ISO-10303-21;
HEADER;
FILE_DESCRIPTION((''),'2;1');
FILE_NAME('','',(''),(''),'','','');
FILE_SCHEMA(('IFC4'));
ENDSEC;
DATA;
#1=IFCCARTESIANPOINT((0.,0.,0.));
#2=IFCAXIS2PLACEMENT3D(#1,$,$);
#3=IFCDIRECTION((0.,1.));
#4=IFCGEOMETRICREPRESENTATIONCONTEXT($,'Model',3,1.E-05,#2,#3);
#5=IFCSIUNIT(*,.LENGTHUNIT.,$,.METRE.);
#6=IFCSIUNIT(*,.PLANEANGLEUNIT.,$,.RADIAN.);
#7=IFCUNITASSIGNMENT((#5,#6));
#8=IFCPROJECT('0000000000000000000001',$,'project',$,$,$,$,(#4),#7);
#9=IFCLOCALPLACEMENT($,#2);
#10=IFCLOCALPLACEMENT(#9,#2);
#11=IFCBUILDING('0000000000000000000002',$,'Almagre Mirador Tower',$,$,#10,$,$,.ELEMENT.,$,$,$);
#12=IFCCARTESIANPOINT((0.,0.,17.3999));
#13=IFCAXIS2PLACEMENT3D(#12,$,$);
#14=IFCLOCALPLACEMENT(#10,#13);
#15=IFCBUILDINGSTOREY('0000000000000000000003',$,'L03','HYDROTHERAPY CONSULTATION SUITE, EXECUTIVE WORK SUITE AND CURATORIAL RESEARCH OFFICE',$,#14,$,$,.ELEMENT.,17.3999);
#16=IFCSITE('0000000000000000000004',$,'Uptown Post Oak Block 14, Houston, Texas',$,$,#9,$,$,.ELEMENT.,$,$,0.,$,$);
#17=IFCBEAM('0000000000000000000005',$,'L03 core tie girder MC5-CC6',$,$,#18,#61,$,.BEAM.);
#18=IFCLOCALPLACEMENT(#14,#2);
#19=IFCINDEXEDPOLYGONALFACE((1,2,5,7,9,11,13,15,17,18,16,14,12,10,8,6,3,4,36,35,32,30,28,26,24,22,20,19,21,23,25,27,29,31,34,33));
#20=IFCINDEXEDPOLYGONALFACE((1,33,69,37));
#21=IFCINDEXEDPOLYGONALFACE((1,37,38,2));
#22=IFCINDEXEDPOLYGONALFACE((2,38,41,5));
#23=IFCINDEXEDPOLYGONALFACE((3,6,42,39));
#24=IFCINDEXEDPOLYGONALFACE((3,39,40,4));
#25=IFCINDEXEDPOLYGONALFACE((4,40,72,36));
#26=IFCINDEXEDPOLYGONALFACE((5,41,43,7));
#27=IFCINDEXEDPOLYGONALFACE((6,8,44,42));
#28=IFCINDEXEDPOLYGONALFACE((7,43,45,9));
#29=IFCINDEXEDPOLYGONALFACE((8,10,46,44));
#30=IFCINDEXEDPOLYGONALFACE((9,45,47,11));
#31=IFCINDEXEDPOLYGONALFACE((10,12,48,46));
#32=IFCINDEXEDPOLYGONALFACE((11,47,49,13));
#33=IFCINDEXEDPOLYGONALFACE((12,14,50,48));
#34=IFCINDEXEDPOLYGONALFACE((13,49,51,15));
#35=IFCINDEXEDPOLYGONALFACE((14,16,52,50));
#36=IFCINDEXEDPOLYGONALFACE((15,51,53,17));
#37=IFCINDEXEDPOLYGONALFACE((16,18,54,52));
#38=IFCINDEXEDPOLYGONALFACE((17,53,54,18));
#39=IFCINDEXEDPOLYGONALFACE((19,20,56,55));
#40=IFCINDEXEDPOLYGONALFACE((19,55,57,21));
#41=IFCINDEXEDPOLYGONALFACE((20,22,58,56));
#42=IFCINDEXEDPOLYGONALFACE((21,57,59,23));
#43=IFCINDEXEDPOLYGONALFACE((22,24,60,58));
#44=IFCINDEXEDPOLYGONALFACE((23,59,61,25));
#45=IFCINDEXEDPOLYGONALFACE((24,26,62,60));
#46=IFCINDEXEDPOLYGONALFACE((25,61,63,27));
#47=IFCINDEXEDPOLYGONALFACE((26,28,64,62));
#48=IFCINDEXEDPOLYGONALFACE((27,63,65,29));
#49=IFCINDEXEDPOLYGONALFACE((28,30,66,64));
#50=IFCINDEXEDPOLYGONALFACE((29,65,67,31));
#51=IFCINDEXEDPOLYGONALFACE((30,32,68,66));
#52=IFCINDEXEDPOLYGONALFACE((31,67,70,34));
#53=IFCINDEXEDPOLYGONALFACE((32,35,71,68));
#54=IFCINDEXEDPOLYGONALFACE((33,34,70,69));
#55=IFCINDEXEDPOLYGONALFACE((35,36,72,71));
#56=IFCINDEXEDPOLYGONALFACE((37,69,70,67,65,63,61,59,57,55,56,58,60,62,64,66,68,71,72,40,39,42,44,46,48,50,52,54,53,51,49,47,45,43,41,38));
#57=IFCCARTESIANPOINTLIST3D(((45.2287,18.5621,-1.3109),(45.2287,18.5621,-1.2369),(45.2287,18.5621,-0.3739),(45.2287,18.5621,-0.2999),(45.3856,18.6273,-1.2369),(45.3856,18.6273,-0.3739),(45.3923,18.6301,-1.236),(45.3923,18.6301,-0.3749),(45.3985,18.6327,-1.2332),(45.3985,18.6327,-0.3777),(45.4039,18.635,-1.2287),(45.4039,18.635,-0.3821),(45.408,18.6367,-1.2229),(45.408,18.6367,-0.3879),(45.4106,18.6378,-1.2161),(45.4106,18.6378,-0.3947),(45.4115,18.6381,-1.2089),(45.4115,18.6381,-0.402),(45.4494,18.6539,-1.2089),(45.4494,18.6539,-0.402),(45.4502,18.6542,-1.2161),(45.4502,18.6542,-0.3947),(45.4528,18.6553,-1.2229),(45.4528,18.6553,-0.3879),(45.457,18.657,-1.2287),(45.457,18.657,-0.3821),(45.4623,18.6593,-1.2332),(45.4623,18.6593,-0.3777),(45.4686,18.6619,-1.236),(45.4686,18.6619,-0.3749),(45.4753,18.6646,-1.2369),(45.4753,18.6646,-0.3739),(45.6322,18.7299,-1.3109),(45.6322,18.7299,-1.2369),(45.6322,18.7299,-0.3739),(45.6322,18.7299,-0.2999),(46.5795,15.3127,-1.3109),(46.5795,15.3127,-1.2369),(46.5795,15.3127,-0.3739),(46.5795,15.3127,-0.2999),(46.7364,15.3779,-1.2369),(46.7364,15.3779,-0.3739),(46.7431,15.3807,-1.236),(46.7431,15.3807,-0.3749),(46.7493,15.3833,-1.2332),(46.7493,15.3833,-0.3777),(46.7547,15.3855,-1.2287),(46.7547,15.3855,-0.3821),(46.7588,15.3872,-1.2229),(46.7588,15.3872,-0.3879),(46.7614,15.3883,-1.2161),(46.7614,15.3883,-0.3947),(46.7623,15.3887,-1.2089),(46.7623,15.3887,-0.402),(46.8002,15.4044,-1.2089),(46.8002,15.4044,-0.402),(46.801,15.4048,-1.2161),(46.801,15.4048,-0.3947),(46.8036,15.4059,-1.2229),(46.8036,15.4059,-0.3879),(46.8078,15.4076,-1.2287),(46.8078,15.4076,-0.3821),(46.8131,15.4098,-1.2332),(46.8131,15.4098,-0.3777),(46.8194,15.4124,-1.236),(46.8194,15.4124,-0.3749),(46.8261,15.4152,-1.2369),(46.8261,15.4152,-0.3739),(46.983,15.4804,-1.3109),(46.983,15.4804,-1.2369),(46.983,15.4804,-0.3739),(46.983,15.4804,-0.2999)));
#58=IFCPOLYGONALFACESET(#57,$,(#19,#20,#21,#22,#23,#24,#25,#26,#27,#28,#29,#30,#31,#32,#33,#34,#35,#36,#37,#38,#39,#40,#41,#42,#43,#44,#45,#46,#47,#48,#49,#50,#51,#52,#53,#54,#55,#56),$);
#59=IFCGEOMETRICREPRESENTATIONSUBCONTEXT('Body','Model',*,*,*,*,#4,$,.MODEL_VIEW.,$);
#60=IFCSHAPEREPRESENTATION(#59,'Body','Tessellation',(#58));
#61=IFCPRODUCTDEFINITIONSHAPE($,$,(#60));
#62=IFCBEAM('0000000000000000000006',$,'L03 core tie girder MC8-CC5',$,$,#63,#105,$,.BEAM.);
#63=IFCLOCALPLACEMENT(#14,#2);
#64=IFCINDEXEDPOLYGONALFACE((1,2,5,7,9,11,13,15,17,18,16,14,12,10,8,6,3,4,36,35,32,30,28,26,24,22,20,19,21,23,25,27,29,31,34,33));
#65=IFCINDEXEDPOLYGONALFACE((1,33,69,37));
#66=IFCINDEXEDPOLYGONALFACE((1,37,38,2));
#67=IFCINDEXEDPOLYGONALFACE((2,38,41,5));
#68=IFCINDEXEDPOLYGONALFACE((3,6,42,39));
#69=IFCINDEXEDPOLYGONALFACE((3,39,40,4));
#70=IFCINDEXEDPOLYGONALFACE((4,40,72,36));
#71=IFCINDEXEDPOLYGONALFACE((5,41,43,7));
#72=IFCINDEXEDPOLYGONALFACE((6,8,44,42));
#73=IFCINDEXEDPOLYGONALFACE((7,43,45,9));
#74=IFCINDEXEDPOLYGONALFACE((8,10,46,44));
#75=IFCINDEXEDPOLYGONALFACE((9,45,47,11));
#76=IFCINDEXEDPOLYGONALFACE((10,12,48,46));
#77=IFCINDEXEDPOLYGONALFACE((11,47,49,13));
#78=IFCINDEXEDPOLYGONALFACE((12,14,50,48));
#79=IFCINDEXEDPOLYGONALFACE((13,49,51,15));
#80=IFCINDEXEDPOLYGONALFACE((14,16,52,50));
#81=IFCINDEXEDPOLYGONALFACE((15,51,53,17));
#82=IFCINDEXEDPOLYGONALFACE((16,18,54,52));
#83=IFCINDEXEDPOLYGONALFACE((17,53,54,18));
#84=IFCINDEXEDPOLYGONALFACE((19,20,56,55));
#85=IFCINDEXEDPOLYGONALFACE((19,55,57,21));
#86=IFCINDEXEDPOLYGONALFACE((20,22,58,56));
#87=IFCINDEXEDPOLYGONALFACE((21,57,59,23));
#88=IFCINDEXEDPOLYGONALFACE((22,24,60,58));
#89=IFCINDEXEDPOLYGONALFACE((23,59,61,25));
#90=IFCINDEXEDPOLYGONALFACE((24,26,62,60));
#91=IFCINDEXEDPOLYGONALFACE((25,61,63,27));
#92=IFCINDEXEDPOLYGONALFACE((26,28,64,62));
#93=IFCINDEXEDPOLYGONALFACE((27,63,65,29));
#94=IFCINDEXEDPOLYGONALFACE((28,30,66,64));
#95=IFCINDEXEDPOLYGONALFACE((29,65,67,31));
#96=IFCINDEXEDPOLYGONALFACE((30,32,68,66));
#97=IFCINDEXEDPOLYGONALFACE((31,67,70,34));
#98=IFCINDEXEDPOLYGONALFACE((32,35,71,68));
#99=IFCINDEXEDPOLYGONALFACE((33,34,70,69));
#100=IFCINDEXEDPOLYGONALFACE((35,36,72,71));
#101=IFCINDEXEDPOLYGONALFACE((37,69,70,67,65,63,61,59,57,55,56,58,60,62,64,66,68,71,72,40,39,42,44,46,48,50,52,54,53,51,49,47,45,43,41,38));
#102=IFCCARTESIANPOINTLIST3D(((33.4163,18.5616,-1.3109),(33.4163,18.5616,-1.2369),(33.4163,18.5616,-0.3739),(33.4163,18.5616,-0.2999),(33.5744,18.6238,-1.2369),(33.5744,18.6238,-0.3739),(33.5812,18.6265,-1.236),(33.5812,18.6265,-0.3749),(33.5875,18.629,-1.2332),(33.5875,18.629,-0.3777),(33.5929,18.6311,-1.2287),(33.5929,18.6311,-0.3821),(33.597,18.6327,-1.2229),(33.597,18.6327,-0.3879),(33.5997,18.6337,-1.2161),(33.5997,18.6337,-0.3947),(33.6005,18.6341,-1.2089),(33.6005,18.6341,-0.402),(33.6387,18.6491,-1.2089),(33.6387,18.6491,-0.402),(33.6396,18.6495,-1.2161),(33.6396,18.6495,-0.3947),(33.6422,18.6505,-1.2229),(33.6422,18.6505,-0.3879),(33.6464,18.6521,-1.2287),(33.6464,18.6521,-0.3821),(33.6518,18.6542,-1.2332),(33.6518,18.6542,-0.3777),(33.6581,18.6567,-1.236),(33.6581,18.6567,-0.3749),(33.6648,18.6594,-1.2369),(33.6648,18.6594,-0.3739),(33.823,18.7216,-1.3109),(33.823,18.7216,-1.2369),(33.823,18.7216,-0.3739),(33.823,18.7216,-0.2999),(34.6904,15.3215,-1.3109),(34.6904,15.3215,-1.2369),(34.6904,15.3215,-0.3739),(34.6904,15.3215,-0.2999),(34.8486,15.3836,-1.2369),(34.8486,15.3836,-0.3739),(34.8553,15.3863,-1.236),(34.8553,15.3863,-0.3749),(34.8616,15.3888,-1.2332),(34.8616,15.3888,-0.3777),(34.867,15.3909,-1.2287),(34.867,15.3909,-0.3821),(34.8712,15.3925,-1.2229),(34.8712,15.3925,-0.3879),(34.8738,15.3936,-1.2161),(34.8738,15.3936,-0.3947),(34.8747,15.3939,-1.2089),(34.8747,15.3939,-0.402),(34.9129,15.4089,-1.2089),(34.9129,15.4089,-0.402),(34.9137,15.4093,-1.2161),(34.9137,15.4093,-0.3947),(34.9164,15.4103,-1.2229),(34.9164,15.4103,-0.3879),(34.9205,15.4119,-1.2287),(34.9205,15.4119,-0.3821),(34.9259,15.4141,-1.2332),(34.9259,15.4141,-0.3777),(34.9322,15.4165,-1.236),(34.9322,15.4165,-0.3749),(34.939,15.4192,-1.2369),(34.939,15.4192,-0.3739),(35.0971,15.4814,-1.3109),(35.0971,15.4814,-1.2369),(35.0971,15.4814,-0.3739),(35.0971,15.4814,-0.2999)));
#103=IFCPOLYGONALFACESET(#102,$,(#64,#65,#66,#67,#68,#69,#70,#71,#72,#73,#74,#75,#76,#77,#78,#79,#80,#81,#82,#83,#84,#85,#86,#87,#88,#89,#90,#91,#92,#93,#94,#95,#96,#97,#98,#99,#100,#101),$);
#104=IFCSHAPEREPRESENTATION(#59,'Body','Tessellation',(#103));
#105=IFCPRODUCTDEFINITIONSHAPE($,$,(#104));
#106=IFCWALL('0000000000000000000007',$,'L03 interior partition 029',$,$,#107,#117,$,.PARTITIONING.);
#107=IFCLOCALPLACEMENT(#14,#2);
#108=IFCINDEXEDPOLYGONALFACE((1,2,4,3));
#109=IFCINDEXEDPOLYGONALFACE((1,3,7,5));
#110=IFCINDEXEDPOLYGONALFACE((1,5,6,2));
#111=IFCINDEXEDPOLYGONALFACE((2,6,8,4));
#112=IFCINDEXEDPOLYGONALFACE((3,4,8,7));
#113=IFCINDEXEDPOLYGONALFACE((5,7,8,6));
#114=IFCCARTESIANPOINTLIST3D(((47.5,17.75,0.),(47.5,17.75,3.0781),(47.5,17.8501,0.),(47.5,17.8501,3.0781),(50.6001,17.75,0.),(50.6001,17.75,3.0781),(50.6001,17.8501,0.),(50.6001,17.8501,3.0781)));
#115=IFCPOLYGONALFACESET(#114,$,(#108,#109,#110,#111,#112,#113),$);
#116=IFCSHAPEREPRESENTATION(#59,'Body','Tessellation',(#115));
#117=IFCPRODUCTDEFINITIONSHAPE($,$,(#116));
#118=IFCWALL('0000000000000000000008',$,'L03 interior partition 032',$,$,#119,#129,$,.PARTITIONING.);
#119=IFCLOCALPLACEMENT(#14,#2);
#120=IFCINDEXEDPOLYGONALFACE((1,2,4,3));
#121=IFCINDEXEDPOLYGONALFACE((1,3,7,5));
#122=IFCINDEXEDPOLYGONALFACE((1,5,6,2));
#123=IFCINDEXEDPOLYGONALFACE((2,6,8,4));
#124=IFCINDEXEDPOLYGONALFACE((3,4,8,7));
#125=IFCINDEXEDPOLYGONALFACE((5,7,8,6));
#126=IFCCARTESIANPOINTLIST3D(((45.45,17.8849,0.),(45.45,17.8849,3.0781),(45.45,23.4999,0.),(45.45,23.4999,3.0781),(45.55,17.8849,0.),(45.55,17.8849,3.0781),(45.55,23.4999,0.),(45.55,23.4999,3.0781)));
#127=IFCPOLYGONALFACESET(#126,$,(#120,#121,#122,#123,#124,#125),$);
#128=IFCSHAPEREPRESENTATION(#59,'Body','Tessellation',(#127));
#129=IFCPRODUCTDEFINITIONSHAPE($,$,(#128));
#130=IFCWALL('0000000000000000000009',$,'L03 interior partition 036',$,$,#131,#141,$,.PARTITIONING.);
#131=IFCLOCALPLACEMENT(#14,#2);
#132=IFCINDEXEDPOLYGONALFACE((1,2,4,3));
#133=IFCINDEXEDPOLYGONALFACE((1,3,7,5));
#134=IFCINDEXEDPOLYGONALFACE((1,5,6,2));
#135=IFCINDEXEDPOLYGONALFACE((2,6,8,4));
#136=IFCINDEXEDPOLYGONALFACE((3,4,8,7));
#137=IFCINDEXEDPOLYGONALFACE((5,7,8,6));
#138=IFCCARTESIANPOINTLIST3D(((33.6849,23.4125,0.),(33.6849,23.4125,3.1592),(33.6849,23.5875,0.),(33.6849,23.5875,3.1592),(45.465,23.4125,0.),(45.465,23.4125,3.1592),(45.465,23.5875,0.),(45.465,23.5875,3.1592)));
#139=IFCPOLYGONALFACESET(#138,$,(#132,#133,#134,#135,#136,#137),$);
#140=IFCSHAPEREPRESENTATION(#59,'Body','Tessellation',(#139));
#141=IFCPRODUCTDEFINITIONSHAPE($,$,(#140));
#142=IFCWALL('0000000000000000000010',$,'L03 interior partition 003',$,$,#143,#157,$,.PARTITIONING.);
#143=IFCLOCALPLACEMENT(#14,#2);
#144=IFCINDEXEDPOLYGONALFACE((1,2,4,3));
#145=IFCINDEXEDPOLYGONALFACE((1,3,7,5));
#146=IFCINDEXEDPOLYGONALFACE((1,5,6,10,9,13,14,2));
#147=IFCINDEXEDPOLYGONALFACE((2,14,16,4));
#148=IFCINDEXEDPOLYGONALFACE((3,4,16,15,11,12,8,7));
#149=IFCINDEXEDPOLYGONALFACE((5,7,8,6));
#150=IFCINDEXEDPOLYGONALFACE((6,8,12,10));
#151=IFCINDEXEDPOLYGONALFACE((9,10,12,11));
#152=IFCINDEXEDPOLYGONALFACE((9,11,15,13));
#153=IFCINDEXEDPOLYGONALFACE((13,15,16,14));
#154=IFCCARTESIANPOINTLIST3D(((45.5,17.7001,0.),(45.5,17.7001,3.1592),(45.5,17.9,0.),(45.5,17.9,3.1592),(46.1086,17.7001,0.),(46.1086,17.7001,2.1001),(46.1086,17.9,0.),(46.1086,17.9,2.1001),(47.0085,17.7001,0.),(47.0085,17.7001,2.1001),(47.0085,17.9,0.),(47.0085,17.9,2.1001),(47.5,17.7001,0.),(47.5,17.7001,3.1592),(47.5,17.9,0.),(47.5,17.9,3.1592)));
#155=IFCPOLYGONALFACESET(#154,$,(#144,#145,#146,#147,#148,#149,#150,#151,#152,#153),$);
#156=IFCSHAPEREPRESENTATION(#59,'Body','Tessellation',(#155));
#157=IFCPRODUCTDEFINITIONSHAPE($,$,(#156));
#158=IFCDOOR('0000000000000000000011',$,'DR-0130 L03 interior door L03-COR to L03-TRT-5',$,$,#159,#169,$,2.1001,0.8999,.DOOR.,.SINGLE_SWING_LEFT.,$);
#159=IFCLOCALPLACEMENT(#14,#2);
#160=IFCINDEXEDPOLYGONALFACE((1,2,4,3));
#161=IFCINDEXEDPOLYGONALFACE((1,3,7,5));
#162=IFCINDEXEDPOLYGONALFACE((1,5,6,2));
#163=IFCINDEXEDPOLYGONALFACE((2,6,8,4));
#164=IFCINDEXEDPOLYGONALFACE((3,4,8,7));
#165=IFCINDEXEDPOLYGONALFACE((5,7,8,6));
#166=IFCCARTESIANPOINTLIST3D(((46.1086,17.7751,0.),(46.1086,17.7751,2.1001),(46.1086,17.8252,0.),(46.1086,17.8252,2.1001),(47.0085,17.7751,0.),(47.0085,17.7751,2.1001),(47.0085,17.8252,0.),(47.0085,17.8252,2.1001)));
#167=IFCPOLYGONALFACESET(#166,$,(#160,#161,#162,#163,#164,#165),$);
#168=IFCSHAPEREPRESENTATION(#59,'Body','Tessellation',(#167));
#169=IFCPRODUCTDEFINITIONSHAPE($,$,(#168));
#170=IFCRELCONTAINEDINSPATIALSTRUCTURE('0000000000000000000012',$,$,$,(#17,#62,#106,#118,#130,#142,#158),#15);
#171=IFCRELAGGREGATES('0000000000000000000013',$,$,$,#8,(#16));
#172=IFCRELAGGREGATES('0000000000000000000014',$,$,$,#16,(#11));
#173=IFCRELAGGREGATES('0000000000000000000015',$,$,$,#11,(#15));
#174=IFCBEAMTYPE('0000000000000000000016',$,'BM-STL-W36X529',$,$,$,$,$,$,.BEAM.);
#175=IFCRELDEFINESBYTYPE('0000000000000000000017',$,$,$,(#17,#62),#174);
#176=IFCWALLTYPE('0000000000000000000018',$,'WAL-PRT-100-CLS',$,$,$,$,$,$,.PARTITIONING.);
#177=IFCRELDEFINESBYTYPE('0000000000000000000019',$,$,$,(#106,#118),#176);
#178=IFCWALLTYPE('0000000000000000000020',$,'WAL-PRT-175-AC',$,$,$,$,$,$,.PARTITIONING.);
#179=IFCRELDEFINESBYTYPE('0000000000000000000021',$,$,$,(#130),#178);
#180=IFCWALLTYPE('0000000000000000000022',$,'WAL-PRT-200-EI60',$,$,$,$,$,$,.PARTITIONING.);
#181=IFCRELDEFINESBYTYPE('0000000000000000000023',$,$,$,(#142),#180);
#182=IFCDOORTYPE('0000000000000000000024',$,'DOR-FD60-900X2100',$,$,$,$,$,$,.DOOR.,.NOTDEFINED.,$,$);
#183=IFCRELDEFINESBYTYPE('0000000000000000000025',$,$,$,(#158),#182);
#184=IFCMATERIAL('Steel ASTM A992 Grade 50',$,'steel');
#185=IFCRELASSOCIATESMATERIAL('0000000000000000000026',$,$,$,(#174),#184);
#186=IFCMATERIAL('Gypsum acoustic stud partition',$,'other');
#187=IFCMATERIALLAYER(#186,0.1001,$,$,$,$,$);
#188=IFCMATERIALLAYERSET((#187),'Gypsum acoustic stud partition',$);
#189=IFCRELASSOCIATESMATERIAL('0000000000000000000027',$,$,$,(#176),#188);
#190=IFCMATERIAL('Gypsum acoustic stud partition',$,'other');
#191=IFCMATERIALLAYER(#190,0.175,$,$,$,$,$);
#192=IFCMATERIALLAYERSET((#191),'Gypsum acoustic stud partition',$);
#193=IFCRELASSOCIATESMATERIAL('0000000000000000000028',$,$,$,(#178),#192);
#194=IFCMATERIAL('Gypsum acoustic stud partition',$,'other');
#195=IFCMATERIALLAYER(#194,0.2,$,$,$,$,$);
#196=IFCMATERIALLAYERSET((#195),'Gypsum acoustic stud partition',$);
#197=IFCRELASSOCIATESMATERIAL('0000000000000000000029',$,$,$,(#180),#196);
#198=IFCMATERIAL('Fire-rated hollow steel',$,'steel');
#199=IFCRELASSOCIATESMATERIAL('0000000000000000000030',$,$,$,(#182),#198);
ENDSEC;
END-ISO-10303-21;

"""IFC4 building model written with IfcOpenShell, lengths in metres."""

from ifc_helpers import new_model, si_unit, direction, frame, frame_2d, origin, origin_2d, place, context, subcontext, project, spatial, rectangle, i_section, extrude, material, layer, layer_set, material_profile, profile_set, type_object, element, fill, save


model = new_model("IFC4")

# Units and contexts
model_context = context("Model", 3, precision=1e-05, world=origin(), true_north=direction((0.0, 1.0)))
body_context = subcontext(model_context, "Body", "Model", "MODEL_VIEW")
ifc_project = project(units=[si_unit("LENGTHUNIT", "METRE"), si_unit("PLANEANGLEUNIT", "RADIAN")], contexts=[model_context])

# Site, building, storey
site_placement = place(None, origin())
site = spatial("IfcSite", under=ifc_project, at=site_placement, Name="Uptown Post Oak Block 14, Houston, Texas", CompositionType="ELEMENT", RefElevation=0.0)
building_placement = place(site_placement, origin())
building = spatial("IfcBuilding", under=site, at=building_placement, Name="Almagre Mirador Tower", CompositionType="ELEMENT")
storey_placement = place(building_placement, frame((0.0, 0.0, 17.3999)))
storey = spatial("IfcBuildingStorey", under=building, at=storey_placement, Name="L03", Description="HYDROTHERAPY CONSULTATION SUITE, EXECUTIVE WORK SUITE AND CURATORIAL RESEARCH OFFICE", CompositionType="ELEMENT", Elevation=17.3999)

# Beams
ifc_material_1 = material(Name="Steel ASTM A992 Grade 50", Category="steel")
ifc_material_profile_1 = material_profile(ifc_material_1, i_section(OverallWidth=0.437, OverallDepth=1.011, WebThickness=0.041, FlangeThickness=0.074, FilletRadius=0.0281, at=origin_2d()), Name="W36X529")
ifc_profile_set_1 = profile_set([ifc_material_profile_1], Name="Steel ASTM A992 Grade 50")
beam_type_1 = type_object("IfcBeamType", Name="BM-STL-W36X529", PredefinedType="BEAM", material=ifc_profile_set_1)
beam_1_placement = place(storey_placement, frame((45.4304, 18.646, -0.8054), z_axis=(0.383857, -0.923393, 0.0), x_axis=(0.923393, 0.383857, 0.0)))
element("IfcBeam", 1, at=beam_1_placement, inside=storey, type_object=beam_type_1, Name="L03 core tie girder MC5-CC6", PredefinedType="BEAM", context=body_context, shape_type="SweptSolid", body=[
    extrude(i_section(OverallWidth=0.437, OverallDepth=1.011, WebThickness=0.041, FlangeThickness=0.074, FilletRadius=0.0281, at=origin_2d()), origin(), (0.0, 0.0, 1.0), 3.519),
])
beam_2_placement = place(storey_placement, frame((33.6196, 18.6416, -0.8054), z_axis=(0.365956, -0.930632, 0.0), x_axis=(0.930632, 0.365956, 0.0)))
element("IfcBeam", 2, at=beam_2_placement, inside=storey, type_object=beam_type_1, Name="L03 core tie girder MC8-CC5", PredefinedType="BEAM", context=body_context, shape_type="SweptSolid", body=[
    extrude(i_section(OverallWidth=0.437, OverallDepth=1.011, WebThickness=0.041, FlangeThickness=0.074, FilletRadius=0.0281, at=origin_2d()), origin(), (0.0, 0.0, 1.0), 3.4817),
])

# Walls
ifc_material_2 = material(Name="Gypsum acoustic stud partition", Category="other")
ifc_layer_1 = layer(ifc_material_2, 0.1001)
ifc_layer_set_1 = layer_set([ifc_layer_1], Name="Gypsum acoustic stud partition")
wall_type_1 = type_object("IfcWallType", Name="WAL-PRT-100-CLS", PredefinedType="PARTITIONING", material=ifc_layer_set_1)
wall_1_placement = place(storey_placement, frame((47.5, 17.8, 0.0), z_axis=(0.0, 0.0, 1.0), x_axis=(1.0, 0.0, 0.0)))
element("IfcWall", 3, at=wall_1_placement, inside=storey, type_object=wall_type_1, Name="L03 interior partition 029", PredefinedType="PARTITIONING", context=body_context, shape_type="SweptSolid", body=[
    extrude(rectangle(XDim=3.1001, YDim=0.1001, at=frame_2d((1.55, 0.0))), origin(), (0.0, 0.0, 1.0), 3.0781),
])
wall_2_placement = place(storey_placement, frame((45.5, 23.5, 0.0), z_axis=(0.0, 0.0, 1.0), x_axis=(0.0, -1.0, 0.0)))
element("IfcWall", 4, at=wall_2_placement, inside=storey, type_object=wall_type_1, Name="L03 interior partition 032", PredefinedType="PARTITIONING", context=body_context, shape_type="SweptSolid", body=[
    extrude(rectangle(XDim=5.615, YDim=0.1001, at=frame_2d((2.8076, 0.0))), origin(), (0.0, 0.0, 1.0), 3.0781),
])
ifc_material_3 = material(Name="Gypsum acoustic stud partition", Category="other")
ifc_layer_2 = layer(ifc_material_3, 0.175)
ifc_layer_set_2 = layer_set([ifc_layer_2], Name="Gypsum acoustic stud partition")
wall_type_2 = type_object("IfcWallType", Name="WAL-PRT-175-AC", PredefinedType="PARTITIONING", material=ifc_layer_set_2)
wall_3_placement = place(storey_placement, frame((45.4651, 23.5, 0.0), z_axis=(0.0, 0.0, 1.0), x_axis=(-1.0, 0.0, 0.0)))
element("IfcWall", 5, at=wall_3_placement, inside=storey, type_object=wall_type_2, Name="L03 interior partition 036", PredefinedType="PARTITIONING", context=body_context, shape_type="SweptSolid", body=[
    extrude(rectangle(XDim=11.78, YDim=0.175, at=frame_2d((5.8901, 0.0))), origin(), (0.0, 0.0, 1.0), 3.1592),
])

# Wall, opening, door
ifc_material_4 = material(Name="Gypsum acoustic stud partition", Category="other")
ifc_layer_3 = layer(ifc_material_4, 0.2)
ifc_layer_set_3 = layer_set([ifc_layer_3], Name="Gypsum acoustic stud partition")
wall_type_3 = type_object("IfcWallType", Name="WAL-PRT-200-EI60", PredefinedType="PARTITIONING", material=ifc_layer_set_3)
wall_4_placement = place(storey_placement, frame((47.5, 17.8, 0.0), z_axis=(0.0, 0.0, 1.0), x_axis=(-1.0, 0.0, 0.0)))
wall_4 = element("IfcWall", 6, at=wall_4_placement, inside=storey, type_object=wall_type_3, Name="L03 interior partition 003", PredefinedType="PARTITIONING", context=body_context, shape_type="SweptSolid", body=[
    extrude(rectangle(XDim=2.0, YDim=0.2, at=frame_2d((1.0, 0.0))), origin(), (0.0, 0.0, 1.0), 3.1592),
])
opening_1_placement = place(wall_4_placement, frame((0.4915, 0.0, 0.0)))
opening_1 = element("IfcOpeningElement", 7, at=opening_1_placement, cuts=wall_4, PredefinedType="OPENING", context=body_context, shape_type="SweptSolid", body=[
    extrude(rectangle(XDim=0.8999, YDim=2.1001, at=frame_2d((0.45, 1.05))), frame((0.0, 0.1101, 0.0), z_axis=(0.0, -1.0, 0.0), x_axis=(1.0, 0.0, 0.0)), (0.0, 0.0, 1.0), 0.22),
])
ifc_material_5 = material(Name="Fire-rated hollow steel", Category="steel")
door_type_1 = type_object("IfcDoorType", Name="DOR-FD60-900X2100", OperationType="NOTDEFINED", PredefinedType="DOOR", material=ifc_material_5)
door_1_placement = place(opening_1_placement, origin())
door_1 = element("IfcDoor", 8, at=door_1_placement, inside=storey, type_object=door_type_1, Name="DR-0130 L03 interior door L03-COR to L03-TRT-5", OperationType="SINGLE_SWING_LEFT", OverallHeight=2.1001, OverallWidth=0.8999, PredefinedType="DOOR", context=body_context, shape_type="SweptSolid", body=[
    extrude(rectangle(XDim=0.8999, YDim=2.1001, at=frame_2d((0.45, 1.05))), frame((0.0, 0.0249, 0.0), z_axis=(0.0, -1.0, 0.0), x_axis=(1.0, 0.0, 0.0)), (0.0, 0.0, 1.0), 0.05),
])
fill(opening_1, door_1)

save(model, "model.ifc")
